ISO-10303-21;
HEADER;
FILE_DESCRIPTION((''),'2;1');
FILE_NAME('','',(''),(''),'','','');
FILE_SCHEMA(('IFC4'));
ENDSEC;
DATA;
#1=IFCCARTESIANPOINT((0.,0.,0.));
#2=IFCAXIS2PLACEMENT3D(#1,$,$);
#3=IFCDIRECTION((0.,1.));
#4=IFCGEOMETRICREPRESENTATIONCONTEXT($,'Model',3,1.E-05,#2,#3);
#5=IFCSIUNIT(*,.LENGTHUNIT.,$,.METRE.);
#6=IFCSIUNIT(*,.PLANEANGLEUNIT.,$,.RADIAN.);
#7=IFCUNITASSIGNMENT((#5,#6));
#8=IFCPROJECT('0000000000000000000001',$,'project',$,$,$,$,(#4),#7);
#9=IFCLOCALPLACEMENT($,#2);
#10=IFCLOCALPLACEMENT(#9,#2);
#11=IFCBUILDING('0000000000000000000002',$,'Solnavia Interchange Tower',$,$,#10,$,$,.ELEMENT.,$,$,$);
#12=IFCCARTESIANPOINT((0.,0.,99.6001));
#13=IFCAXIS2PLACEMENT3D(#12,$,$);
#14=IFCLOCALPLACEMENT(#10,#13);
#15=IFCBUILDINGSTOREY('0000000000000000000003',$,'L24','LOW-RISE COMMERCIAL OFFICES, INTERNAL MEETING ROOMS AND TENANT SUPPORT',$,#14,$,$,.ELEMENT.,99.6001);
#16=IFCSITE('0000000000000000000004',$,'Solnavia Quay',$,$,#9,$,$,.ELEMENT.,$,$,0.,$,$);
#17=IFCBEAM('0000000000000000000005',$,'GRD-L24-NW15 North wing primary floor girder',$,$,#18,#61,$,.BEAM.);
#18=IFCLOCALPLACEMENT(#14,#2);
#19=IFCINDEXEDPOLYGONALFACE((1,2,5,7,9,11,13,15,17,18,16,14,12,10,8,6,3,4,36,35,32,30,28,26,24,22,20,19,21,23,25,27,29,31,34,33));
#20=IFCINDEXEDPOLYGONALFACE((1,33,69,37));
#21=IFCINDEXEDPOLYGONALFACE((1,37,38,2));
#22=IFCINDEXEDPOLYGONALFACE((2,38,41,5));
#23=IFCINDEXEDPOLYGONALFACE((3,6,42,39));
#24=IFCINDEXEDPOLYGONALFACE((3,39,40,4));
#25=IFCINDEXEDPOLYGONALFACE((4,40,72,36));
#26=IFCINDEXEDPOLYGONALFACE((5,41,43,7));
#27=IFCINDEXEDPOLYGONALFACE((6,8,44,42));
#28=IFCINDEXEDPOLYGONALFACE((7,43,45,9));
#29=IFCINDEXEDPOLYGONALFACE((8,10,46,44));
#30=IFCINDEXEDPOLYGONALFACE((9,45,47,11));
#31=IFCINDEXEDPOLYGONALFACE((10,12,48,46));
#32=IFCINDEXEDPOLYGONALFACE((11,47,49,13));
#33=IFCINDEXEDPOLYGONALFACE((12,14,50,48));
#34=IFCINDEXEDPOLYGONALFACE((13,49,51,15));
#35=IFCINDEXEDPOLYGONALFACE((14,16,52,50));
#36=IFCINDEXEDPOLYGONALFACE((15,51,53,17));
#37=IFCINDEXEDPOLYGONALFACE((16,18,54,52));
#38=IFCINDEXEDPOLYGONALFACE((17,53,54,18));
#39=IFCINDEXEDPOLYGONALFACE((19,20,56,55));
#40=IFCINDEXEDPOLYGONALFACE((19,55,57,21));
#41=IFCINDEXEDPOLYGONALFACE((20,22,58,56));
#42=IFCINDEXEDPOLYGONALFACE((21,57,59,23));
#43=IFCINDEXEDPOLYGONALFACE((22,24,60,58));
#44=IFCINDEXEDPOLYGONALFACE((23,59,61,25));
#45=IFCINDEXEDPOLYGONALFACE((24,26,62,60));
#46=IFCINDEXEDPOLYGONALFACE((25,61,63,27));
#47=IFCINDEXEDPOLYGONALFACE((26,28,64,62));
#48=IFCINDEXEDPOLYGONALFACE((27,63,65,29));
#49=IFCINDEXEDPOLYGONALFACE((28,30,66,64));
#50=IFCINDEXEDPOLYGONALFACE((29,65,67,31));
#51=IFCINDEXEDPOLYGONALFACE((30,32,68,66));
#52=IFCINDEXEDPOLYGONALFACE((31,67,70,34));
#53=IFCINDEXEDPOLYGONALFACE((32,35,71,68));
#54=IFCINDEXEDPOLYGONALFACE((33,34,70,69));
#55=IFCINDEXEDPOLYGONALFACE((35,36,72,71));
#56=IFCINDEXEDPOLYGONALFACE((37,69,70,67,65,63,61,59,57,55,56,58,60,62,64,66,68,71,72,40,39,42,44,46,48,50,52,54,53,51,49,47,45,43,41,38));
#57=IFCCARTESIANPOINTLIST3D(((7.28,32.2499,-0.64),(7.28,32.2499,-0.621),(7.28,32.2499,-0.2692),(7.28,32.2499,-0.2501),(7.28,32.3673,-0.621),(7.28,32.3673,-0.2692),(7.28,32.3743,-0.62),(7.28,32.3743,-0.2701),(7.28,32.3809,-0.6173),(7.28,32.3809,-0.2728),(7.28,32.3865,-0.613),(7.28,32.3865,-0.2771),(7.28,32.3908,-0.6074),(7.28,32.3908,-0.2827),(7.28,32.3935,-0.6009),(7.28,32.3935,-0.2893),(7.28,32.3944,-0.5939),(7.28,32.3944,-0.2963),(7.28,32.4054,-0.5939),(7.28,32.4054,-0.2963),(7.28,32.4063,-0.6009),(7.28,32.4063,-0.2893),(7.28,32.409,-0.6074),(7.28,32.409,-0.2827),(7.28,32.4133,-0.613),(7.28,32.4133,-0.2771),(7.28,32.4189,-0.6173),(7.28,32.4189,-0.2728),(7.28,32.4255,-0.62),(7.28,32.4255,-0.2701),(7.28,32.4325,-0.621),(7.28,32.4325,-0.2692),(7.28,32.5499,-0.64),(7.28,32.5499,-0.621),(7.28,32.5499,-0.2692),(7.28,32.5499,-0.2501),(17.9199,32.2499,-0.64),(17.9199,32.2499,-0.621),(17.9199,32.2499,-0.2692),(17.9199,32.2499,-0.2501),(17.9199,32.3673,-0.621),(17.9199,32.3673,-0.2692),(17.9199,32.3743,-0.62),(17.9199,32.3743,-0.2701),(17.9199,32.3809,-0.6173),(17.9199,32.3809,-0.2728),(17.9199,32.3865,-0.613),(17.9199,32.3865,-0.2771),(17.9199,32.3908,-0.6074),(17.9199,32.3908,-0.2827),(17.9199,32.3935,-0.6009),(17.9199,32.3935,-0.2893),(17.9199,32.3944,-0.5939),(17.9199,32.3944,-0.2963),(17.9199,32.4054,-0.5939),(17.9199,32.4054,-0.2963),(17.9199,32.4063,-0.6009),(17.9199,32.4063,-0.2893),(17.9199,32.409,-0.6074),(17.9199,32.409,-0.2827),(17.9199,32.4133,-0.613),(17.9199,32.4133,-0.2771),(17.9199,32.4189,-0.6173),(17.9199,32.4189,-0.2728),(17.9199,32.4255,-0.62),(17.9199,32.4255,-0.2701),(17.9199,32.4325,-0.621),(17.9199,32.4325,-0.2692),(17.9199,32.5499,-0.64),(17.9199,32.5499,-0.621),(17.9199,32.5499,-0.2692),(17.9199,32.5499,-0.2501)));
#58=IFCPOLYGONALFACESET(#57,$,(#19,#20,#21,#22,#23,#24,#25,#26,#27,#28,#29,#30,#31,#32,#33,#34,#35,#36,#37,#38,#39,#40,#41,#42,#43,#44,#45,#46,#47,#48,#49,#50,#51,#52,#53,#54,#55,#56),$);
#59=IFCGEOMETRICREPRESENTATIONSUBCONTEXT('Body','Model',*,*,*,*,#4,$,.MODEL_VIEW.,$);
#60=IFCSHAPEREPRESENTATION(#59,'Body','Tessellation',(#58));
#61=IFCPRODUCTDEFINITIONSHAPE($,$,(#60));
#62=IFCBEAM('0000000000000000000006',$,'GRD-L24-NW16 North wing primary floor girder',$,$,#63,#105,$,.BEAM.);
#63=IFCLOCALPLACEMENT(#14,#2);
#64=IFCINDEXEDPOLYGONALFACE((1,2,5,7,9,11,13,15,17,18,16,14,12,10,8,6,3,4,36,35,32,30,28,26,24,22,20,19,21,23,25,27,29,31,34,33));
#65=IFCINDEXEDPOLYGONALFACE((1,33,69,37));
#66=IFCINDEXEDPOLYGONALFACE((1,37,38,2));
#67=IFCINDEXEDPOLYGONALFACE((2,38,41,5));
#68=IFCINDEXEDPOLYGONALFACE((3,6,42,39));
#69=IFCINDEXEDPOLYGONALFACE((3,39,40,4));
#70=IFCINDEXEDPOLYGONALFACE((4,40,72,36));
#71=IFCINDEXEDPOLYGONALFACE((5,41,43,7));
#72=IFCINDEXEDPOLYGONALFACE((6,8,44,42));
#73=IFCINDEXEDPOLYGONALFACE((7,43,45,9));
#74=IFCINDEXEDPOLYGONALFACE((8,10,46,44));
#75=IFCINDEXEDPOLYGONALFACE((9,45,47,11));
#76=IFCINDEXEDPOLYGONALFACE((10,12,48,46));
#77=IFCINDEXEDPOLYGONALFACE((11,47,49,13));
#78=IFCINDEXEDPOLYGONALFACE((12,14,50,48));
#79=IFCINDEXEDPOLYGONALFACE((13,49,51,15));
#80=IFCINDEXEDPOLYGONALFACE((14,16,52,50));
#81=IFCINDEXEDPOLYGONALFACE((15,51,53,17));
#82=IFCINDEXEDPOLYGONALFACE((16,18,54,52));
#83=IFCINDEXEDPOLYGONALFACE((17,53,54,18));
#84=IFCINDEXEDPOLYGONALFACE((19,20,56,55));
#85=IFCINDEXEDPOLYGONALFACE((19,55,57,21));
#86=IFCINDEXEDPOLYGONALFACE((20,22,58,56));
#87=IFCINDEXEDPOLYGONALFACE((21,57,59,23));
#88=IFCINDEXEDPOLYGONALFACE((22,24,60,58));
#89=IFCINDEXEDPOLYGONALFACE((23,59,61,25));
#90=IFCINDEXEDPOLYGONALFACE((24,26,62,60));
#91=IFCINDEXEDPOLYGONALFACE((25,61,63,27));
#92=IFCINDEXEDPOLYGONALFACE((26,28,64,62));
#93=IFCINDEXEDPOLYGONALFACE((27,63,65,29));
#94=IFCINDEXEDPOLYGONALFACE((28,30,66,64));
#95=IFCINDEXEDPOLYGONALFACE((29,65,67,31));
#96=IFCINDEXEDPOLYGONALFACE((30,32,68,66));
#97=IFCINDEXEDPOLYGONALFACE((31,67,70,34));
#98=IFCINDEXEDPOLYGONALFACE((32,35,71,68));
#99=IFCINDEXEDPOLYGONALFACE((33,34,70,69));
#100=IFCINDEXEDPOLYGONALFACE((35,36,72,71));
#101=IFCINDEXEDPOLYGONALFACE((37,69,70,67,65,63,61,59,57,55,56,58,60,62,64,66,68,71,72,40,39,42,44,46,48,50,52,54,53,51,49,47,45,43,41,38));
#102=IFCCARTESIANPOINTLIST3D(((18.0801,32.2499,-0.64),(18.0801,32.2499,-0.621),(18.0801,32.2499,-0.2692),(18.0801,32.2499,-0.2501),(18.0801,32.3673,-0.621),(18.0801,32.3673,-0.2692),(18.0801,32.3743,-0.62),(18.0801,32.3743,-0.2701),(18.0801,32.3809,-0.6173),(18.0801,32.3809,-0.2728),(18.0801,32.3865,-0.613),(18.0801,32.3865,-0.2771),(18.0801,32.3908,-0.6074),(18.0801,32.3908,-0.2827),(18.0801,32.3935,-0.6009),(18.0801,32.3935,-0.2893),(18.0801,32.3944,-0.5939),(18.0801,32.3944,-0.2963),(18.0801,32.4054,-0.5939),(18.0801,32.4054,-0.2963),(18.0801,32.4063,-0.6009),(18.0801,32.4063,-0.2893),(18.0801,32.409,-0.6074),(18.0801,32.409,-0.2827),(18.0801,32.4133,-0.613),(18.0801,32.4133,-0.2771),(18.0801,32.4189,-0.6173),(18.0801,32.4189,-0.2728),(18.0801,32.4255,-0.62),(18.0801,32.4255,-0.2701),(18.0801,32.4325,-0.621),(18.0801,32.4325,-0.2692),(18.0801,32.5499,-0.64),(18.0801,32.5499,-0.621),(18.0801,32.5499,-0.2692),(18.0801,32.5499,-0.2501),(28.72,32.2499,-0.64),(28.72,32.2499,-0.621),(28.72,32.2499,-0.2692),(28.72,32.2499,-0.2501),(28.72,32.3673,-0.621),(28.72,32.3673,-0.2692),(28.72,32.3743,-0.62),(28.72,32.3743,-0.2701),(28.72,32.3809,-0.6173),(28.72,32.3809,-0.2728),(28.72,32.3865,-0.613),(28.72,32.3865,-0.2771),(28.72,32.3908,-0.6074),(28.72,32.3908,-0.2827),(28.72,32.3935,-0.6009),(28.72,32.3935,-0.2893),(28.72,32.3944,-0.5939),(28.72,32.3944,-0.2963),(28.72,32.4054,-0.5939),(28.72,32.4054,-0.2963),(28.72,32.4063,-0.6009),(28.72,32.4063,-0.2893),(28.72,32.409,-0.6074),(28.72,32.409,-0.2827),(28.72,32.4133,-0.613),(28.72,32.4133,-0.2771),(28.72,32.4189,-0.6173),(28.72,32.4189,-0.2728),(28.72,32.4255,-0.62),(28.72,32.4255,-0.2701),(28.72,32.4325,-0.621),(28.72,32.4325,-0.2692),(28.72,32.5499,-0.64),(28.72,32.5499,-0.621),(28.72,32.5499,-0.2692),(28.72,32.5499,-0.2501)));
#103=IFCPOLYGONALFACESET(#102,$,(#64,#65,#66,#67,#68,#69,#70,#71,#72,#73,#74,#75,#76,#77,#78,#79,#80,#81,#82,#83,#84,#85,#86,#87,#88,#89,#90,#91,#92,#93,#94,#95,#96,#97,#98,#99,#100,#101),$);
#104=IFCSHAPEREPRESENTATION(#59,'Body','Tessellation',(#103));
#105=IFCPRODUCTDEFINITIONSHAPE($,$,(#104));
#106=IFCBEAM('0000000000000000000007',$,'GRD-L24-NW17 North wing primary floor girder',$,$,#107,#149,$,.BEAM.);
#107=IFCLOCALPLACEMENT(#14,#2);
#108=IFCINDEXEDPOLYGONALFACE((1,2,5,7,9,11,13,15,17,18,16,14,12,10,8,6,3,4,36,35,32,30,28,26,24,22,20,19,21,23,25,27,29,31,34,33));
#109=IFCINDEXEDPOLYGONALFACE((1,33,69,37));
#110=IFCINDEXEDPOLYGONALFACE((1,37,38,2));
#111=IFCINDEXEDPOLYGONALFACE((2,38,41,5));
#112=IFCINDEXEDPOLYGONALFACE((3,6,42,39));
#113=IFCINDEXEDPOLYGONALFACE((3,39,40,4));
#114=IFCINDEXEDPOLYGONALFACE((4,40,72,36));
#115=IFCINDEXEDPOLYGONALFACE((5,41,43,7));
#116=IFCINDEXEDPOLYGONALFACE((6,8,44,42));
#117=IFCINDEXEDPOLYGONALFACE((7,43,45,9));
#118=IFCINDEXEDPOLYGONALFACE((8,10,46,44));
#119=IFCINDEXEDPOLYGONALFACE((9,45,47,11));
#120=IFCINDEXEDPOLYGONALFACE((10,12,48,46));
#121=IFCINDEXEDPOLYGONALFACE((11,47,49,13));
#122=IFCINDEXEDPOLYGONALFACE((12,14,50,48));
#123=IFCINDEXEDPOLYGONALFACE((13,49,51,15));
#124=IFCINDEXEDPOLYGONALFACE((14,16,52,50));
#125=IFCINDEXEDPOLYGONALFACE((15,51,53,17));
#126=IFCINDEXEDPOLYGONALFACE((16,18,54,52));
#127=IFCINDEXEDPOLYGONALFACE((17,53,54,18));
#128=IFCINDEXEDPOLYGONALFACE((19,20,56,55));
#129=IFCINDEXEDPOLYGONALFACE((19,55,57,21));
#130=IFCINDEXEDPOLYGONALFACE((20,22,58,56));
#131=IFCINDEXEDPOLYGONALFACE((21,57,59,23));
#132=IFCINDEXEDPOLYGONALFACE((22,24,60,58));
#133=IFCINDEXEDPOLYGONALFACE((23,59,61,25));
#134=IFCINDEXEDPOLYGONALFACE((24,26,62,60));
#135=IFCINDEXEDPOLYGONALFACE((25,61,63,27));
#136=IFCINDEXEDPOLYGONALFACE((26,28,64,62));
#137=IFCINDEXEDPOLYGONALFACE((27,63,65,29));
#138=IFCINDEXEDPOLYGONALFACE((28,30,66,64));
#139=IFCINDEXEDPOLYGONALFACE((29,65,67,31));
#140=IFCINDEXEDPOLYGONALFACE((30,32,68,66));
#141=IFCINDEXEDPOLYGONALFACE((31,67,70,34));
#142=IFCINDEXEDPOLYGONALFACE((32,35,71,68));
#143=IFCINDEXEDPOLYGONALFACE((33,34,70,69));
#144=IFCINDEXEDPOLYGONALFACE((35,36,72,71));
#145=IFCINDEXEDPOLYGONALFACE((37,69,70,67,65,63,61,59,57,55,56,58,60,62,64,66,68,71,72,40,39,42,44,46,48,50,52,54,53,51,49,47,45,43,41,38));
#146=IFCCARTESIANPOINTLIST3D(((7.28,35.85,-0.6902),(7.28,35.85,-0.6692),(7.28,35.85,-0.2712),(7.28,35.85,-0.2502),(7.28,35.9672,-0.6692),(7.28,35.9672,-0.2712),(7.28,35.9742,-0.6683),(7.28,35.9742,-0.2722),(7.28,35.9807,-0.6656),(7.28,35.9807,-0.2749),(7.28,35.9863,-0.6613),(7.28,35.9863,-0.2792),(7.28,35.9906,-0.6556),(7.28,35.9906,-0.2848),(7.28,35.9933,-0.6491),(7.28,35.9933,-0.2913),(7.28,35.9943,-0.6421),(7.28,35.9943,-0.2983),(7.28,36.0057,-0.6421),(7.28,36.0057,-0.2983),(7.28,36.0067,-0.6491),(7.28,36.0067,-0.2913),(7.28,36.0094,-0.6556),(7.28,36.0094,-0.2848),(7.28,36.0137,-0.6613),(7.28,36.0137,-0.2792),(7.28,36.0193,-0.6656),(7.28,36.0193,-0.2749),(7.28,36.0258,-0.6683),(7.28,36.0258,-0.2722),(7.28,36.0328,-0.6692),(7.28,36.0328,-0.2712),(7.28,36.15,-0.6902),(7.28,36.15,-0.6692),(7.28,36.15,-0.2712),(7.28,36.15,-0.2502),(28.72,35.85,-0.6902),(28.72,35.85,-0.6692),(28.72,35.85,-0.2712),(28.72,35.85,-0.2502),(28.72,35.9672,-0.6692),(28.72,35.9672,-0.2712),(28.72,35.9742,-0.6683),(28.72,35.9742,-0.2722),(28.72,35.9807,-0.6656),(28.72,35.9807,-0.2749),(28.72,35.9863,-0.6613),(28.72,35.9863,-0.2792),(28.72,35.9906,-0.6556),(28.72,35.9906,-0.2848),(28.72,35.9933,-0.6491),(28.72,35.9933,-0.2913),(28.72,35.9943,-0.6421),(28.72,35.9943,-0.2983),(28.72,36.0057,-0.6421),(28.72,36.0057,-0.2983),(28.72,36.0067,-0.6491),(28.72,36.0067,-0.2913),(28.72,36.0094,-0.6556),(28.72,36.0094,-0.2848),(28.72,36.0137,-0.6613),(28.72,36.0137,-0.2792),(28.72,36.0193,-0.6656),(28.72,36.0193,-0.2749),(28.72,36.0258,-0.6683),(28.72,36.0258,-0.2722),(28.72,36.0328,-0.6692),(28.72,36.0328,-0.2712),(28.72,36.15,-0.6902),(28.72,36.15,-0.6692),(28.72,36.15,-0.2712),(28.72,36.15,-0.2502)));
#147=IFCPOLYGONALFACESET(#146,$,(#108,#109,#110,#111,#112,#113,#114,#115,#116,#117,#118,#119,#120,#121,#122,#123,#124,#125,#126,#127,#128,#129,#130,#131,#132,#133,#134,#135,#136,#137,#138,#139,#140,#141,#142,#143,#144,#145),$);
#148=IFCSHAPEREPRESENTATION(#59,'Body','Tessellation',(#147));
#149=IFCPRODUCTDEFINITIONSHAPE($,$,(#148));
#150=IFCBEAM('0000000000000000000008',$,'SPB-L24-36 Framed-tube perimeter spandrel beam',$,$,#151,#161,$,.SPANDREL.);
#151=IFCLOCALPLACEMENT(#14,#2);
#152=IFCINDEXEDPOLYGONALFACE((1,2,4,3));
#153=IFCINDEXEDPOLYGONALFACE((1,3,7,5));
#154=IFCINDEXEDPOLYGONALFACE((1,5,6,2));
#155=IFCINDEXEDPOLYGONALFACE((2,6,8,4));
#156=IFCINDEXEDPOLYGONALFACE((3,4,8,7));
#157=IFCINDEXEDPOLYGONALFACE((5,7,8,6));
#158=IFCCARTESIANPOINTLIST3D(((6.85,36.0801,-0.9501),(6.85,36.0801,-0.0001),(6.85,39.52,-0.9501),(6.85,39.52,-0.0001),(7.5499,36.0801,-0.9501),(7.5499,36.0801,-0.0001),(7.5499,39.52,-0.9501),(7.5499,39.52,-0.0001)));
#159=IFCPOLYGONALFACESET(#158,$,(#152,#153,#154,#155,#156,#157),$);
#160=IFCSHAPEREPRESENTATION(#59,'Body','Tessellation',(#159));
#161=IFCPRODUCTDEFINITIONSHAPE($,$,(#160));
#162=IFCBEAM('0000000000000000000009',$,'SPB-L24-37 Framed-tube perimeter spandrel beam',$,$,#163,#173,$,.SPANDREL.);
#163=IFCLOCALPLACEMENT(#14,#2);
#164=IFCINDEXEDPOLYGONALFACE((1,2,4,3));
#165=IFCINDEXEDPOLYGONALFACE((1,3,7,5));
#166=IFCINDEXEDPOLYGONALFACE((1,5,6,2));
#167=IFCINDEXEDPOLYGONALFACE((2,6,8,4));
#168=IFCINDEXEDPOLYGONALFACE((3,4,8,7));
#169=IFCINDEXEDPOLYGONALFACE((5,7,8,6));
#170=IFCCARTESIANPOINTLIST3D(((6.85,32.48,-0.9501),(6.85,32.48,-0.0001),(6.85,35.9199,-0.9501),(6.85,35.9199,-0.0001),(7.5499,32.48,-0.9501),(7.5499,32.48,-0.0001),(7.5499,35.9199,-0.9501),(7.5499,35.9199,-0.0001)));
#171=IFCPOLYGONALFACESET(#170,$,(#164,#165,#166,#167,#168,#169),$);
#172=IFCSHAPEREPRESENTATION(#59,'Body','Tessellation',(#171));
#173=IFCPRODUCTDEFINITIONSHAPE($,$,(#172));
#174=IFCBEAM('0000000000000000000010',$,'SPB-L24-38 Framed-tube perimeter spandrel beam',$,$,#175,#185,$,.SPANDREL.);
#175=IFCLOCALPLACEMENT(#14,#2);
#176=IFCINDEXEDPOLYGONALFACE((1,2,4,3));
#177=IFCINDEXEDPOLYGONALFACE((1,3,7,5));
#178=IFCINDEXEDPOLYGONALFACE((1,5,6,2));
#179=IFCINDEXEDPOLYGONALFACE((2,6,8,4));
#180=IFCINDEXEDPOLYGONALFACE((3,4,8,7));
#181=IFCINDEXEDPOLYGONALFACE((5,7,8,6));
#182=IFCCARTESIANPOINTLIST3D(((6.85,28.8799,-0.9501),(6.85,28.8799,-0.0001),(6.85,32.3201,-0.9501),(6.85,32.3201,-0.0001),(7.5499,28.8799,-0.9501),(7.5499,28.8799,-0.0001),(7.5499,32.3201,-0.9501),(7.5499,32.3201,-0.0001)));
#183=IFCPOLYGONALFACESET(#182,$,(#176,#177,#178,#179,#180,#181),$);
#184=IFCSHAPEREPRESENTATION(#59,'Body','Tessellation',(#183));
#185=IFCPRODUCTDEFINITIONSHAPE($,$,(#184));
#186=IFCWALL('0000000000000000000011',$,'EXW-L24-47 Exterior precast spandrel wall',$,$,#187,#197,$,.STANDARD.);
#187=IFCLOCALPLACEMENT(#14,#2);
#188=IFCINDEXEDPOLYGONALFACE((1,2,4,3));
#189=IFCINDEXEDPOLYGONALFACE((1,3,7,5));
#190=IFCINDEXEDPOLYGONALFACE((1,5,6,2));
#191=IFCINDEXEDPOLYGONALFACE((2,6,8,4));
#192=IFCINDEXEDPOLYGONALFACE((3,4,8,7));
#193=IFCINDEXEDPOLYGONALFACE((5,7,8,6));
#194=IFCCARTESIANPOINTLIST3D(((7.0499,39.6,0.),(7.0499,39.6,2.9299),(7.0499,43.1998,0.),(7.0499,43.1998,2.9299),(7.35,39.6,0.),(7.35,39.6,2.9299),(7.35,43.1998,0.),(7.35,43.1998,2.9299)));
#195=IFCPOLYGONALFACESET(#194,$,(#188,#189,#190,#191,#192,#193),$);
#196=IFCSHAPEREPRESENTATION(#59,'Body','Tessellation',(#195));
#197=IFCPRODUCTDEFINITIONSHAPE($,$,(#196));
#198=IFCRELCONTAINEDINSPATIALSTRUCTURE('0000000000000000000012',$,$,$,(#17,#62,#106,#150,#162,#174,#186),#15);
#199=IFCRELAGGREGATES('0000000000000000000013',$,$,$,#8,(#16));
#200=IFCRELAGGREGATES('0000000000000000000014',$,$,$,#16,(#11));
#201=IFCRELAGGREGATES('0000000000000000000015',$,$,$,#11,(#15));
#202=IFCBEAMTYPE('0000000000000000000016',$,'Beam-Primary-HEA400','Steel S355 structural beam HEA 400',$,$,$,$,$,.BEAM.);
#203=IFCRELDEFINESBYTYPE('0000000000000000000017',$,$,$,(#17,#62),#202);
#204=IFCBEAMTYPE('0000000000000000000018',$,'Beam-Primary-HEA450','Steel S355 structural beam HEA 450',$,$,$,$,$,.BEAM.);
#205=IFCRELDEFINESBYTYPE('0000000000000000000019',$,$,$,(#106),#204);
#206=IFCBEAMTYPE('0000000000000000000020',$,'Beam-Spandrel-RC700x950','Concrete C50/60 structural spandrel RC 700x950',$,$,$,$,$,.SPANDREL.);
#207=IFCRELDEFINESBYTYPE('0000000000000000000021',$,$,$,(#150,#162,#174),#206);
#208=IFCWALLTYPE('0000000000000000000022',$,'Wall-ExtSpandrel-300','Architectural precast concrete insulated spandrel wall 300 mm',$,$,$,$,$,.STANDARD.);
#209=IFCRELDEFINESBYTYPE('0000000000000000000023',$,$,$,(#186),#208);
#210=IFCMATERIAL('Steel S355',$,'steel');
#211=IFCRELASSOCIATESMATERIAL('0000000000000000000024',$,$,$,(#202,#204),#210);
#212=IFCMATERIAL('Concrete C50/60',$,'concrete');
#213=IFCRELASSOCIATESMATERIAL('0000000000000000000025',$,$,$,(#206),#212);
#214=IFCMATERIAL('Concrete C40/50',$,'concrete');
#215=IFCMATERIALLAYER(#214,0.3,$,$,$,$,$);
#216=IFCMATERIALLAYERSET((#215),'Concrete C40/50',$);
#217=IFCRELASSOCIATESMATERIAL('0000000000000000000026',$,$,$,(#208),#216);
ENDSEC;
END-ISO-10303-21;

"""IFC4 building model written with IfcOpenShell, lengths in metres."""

from ifc_helpers import new_model, si_unit, direction, frame, frame_2d, origin, origin_2d, place, context, subcontext, project, spatial, rectangle, i_section, extrude, material, layer, layer_set, material_profile, profile_set, type_object, element, save


model = new_model("IFC4")

# Units and contexts
model_context = context("Model", 3, precision=1e-05, world=origin(), true_north=direction((0.0, 1.0)))
body_context = subcontext(model_context, "Body", "Model", "MODEL_VIEW")
ifc_project = project(units=[si_unit("LENGTHUNIT", "METRE"), si_unit("PLANEANGLEUNIT", "RADIAN")], contexts=[model_context])

# Site, building, storey
site_placement = place(None, origin())
site = spatial("IfcSite", under=ifc_project, at=site_placement, Name="Solnavia Quay", CompositionType="ELEMENT", RefElevation=0.0)
building_placement = place(site_placement, origin())
building = spatial("IfcBuilding", under=site, at=building_placement, Name="Solnavia Interchange Tower", CompositionType="ELEMENT")
storey_placement = place(building_placement, frame((0.0, 0.0, 99.6001)))
storey = spatial("IfcBuildingStorey", under=building, at=storey_placement, Name="L24", Description="LOW-RISE COMMERCIAL OFFICES, INTERNAL MEETING ROOMS AND TENANT SUPPORT", CompositionType="ELEMENT", Elevation=99.6001)

# Shared definitions
ifc_material_1 = material(Name="Concrete C50/60", Category="concrete")
ifc_material_2 = material(Name="Steel S355", Category="steel")

# Beams
ifc_material_profile_1 = material_profile(ifc_material_2, i_section(OverallWidth=0.3, OverallDepth=0.3899, WebThickness=0.011, FlangeThickness=0.019, FilletRadius=0.0271, at=origin_2d()), Name="HEA 400")
ifc_profile_set_1 = profile_set([ifc_material_profile_1], Name="Steel S355")
beam_type_1 = type_object("IfcBeamType", Name="Beam-Primary-HEA400", Description="Steel S355 structural beam HEA 400", PredefinedType="BEAM", material=ifc_profile_set_1)
for number, where, z_axis, x_axis, name in (
    (1, (7.28, 32.3999, -0.4451), (1.0, 0.0, 0.0), (0.0, 1.0, 0.0), "GRD-L24-NW15 North wing primary floor girder"),
    (2, (18.0801, 32.3999, -0.4451), (1.0, 0.0, 0.0), (0.0, 1.0, 0.0), "GRD-L24-NW16 North wing primary floor girder"),
):
    element("IfcBeam", number, at=place(storey_placement, frame(where, z_axis=z_axis, x_axis=x_axis)), inside=storey, type_object=beam_type_1, Name=name, PredefinedType="BEAM", context=body_context, shape_type="SweptSolid", body=[
        extrude(i_section(OverallWidth=0.3, OverallDepth=0.3899, WebThickness=0.011, FlangeThickness=0.019, FilletRadius=0.0271, at=origin_2d()), origin(), (0.0, 0.0, 1.0), 10.6399),
    ])
ifc_material_profile_2 = material_profile(ifc_material_2, i_section(OverallWidth=0.3, OverallDepth=0.4399, WebThickness=0.0115, FlangeThickness=0.021, FilletRadius=0.0271, at=origin_2d()), Name="HEA 450")
ifc_profile_set_2 = profile_set([ifc_material_profile_2], Name="Steel S355")
beam_type_2 = type_object("IfcBeamType", Name="Beam-Primary-HEA450", Description="Steel S355 structural beam HEA 450", PredefinedType="BEAM", material=ifc_profile_set_2)
beam_1_placement = place(storey_placement, frame((7.28, 36.0, -0.4702), z_axis=(1.0, 0.0, 0.0), x_axis=(0.0, 1.0, 0.0)))
element("IfcBeam", 3, at=beam_1_placement, inside=storey, type_object=beam_type_2, Name="GRD-L24-NW17 North wing primary floor girder", PredefinedType="BEAM", context=body_context, shape_type="SweptSolid", body=[
    extrude(i_section(OverallWidth=0.3, OverallDepth=0.4399, WebThickness=0.0115, FlangeThickness=0.021, FilletRadius=0.0271, at=origin_2d()), origin(), (0.0, 0.0, 1.0), 21.4399),
])
ifc_material_profile_3 = material_profile(ifc_material_1, rectangle(XDim=0.7, YDim=0.95, at=origin_2d()), Name="RC 700x950")
ifc_profile_set_3 = profile_set([ifc_material_profile_3], Name="Concrete C50/60")
beam_type_3 = type_object("IfcBeamType", Name="Beam-Spandrel-RC700x950", Description="Concrete C50/60 structural spandrel RC 700x950", PredefinedType="SPANDREL", material=ifc_profile_set_3)
for number, where, z_axis, x_axis, name in (
    (4, (7.2, 39.52, -0.4751), (0.0, -1.0, 0.0), (1.0, 0.0, 0.0), "SPB-L24-36 Framed-tube perimeter spandrel beam"),
    (5, (7.2, 35.9199, -0.4751), (0.0, -1.0, 0.0), (1.0, 0.0, 0.0), "SPB-L24-37 Framed-tube perimeter spandrel beam"),
):
    element("IfcBeam", number, at=place(storey_placement, frame(where, z_axis=z_axis, x_axis=x_axis)), inside=storey, type_object=beam_type_3, Name=name, PredefinedType="SPANDREL", context=body_context, shape_type="SweptSolid", body=[
        extrude(rectangle(XDim=0.7, YDim=0.95, at=origin_2d()), origin(), (0.0, 0.0, 1.0), 3.4399),
    ])
beam_2_placement = place(storey_placement, frame((7.2, 32.3201, -0.4751), z_axis=(0.0, -1.0, 0.0), x_axis=(1.0, 0.0, 0.0)))
element("IfcBeam", 6, at=beam_2_placement, inside=storey, type_object=beam_type_3, Name="SPB-L24-38 Framed-tube perimeter spandrel beam", PredefinedType="SPANDREL", context=body_context, shape_type="SweptSolid", body=[
    extrude(rectangle(XDim=0.7, YDim=0.95, at=origin_2d()), origin(), (0.0, 0.0, 1.0), 3.4402),
])

# Wall
ifc_material_3 = material(Name="Concrete C40/50", Category="concrete")
ifc_layer_1 = layer(ifc_material_3, 0.3)
ifc_layer_set_1 = layer_set([ifc_layer_1], Name="Concrete C40/50")
wall_type_1 = type_object("IfcWallType", Name="Wall-ExtSpandrel-300", Description="Architectural precast concrete insulated spandrel wall 300 mm", PredefinedType="STANDARD", material=ifc_layer_set_1)
wall_1_placement = place(storey_placement, frame((7.2, 39.6001, 0.0), z_axis=(0.0, 0.0, 1.0), x_axis=(0.0, 1.0, 0.0)))
element("IfcWall", 7, at=wall_1_placement, inside=storey, type_object=wall_type_1, Name="EXW-L24-47 Exterior precast spandrel wall", PredefinedType="STANDARD", context=body_context, shape_type="SweptSolid", body=[
    extrude(rectangle(XDim=3.5999, YDim=0.3, at=frame_2d((1.7998, 0.0))), origin(), (0.0, 0.0, 1.0), 2.9299),
])

save(model, "model.ifc")
